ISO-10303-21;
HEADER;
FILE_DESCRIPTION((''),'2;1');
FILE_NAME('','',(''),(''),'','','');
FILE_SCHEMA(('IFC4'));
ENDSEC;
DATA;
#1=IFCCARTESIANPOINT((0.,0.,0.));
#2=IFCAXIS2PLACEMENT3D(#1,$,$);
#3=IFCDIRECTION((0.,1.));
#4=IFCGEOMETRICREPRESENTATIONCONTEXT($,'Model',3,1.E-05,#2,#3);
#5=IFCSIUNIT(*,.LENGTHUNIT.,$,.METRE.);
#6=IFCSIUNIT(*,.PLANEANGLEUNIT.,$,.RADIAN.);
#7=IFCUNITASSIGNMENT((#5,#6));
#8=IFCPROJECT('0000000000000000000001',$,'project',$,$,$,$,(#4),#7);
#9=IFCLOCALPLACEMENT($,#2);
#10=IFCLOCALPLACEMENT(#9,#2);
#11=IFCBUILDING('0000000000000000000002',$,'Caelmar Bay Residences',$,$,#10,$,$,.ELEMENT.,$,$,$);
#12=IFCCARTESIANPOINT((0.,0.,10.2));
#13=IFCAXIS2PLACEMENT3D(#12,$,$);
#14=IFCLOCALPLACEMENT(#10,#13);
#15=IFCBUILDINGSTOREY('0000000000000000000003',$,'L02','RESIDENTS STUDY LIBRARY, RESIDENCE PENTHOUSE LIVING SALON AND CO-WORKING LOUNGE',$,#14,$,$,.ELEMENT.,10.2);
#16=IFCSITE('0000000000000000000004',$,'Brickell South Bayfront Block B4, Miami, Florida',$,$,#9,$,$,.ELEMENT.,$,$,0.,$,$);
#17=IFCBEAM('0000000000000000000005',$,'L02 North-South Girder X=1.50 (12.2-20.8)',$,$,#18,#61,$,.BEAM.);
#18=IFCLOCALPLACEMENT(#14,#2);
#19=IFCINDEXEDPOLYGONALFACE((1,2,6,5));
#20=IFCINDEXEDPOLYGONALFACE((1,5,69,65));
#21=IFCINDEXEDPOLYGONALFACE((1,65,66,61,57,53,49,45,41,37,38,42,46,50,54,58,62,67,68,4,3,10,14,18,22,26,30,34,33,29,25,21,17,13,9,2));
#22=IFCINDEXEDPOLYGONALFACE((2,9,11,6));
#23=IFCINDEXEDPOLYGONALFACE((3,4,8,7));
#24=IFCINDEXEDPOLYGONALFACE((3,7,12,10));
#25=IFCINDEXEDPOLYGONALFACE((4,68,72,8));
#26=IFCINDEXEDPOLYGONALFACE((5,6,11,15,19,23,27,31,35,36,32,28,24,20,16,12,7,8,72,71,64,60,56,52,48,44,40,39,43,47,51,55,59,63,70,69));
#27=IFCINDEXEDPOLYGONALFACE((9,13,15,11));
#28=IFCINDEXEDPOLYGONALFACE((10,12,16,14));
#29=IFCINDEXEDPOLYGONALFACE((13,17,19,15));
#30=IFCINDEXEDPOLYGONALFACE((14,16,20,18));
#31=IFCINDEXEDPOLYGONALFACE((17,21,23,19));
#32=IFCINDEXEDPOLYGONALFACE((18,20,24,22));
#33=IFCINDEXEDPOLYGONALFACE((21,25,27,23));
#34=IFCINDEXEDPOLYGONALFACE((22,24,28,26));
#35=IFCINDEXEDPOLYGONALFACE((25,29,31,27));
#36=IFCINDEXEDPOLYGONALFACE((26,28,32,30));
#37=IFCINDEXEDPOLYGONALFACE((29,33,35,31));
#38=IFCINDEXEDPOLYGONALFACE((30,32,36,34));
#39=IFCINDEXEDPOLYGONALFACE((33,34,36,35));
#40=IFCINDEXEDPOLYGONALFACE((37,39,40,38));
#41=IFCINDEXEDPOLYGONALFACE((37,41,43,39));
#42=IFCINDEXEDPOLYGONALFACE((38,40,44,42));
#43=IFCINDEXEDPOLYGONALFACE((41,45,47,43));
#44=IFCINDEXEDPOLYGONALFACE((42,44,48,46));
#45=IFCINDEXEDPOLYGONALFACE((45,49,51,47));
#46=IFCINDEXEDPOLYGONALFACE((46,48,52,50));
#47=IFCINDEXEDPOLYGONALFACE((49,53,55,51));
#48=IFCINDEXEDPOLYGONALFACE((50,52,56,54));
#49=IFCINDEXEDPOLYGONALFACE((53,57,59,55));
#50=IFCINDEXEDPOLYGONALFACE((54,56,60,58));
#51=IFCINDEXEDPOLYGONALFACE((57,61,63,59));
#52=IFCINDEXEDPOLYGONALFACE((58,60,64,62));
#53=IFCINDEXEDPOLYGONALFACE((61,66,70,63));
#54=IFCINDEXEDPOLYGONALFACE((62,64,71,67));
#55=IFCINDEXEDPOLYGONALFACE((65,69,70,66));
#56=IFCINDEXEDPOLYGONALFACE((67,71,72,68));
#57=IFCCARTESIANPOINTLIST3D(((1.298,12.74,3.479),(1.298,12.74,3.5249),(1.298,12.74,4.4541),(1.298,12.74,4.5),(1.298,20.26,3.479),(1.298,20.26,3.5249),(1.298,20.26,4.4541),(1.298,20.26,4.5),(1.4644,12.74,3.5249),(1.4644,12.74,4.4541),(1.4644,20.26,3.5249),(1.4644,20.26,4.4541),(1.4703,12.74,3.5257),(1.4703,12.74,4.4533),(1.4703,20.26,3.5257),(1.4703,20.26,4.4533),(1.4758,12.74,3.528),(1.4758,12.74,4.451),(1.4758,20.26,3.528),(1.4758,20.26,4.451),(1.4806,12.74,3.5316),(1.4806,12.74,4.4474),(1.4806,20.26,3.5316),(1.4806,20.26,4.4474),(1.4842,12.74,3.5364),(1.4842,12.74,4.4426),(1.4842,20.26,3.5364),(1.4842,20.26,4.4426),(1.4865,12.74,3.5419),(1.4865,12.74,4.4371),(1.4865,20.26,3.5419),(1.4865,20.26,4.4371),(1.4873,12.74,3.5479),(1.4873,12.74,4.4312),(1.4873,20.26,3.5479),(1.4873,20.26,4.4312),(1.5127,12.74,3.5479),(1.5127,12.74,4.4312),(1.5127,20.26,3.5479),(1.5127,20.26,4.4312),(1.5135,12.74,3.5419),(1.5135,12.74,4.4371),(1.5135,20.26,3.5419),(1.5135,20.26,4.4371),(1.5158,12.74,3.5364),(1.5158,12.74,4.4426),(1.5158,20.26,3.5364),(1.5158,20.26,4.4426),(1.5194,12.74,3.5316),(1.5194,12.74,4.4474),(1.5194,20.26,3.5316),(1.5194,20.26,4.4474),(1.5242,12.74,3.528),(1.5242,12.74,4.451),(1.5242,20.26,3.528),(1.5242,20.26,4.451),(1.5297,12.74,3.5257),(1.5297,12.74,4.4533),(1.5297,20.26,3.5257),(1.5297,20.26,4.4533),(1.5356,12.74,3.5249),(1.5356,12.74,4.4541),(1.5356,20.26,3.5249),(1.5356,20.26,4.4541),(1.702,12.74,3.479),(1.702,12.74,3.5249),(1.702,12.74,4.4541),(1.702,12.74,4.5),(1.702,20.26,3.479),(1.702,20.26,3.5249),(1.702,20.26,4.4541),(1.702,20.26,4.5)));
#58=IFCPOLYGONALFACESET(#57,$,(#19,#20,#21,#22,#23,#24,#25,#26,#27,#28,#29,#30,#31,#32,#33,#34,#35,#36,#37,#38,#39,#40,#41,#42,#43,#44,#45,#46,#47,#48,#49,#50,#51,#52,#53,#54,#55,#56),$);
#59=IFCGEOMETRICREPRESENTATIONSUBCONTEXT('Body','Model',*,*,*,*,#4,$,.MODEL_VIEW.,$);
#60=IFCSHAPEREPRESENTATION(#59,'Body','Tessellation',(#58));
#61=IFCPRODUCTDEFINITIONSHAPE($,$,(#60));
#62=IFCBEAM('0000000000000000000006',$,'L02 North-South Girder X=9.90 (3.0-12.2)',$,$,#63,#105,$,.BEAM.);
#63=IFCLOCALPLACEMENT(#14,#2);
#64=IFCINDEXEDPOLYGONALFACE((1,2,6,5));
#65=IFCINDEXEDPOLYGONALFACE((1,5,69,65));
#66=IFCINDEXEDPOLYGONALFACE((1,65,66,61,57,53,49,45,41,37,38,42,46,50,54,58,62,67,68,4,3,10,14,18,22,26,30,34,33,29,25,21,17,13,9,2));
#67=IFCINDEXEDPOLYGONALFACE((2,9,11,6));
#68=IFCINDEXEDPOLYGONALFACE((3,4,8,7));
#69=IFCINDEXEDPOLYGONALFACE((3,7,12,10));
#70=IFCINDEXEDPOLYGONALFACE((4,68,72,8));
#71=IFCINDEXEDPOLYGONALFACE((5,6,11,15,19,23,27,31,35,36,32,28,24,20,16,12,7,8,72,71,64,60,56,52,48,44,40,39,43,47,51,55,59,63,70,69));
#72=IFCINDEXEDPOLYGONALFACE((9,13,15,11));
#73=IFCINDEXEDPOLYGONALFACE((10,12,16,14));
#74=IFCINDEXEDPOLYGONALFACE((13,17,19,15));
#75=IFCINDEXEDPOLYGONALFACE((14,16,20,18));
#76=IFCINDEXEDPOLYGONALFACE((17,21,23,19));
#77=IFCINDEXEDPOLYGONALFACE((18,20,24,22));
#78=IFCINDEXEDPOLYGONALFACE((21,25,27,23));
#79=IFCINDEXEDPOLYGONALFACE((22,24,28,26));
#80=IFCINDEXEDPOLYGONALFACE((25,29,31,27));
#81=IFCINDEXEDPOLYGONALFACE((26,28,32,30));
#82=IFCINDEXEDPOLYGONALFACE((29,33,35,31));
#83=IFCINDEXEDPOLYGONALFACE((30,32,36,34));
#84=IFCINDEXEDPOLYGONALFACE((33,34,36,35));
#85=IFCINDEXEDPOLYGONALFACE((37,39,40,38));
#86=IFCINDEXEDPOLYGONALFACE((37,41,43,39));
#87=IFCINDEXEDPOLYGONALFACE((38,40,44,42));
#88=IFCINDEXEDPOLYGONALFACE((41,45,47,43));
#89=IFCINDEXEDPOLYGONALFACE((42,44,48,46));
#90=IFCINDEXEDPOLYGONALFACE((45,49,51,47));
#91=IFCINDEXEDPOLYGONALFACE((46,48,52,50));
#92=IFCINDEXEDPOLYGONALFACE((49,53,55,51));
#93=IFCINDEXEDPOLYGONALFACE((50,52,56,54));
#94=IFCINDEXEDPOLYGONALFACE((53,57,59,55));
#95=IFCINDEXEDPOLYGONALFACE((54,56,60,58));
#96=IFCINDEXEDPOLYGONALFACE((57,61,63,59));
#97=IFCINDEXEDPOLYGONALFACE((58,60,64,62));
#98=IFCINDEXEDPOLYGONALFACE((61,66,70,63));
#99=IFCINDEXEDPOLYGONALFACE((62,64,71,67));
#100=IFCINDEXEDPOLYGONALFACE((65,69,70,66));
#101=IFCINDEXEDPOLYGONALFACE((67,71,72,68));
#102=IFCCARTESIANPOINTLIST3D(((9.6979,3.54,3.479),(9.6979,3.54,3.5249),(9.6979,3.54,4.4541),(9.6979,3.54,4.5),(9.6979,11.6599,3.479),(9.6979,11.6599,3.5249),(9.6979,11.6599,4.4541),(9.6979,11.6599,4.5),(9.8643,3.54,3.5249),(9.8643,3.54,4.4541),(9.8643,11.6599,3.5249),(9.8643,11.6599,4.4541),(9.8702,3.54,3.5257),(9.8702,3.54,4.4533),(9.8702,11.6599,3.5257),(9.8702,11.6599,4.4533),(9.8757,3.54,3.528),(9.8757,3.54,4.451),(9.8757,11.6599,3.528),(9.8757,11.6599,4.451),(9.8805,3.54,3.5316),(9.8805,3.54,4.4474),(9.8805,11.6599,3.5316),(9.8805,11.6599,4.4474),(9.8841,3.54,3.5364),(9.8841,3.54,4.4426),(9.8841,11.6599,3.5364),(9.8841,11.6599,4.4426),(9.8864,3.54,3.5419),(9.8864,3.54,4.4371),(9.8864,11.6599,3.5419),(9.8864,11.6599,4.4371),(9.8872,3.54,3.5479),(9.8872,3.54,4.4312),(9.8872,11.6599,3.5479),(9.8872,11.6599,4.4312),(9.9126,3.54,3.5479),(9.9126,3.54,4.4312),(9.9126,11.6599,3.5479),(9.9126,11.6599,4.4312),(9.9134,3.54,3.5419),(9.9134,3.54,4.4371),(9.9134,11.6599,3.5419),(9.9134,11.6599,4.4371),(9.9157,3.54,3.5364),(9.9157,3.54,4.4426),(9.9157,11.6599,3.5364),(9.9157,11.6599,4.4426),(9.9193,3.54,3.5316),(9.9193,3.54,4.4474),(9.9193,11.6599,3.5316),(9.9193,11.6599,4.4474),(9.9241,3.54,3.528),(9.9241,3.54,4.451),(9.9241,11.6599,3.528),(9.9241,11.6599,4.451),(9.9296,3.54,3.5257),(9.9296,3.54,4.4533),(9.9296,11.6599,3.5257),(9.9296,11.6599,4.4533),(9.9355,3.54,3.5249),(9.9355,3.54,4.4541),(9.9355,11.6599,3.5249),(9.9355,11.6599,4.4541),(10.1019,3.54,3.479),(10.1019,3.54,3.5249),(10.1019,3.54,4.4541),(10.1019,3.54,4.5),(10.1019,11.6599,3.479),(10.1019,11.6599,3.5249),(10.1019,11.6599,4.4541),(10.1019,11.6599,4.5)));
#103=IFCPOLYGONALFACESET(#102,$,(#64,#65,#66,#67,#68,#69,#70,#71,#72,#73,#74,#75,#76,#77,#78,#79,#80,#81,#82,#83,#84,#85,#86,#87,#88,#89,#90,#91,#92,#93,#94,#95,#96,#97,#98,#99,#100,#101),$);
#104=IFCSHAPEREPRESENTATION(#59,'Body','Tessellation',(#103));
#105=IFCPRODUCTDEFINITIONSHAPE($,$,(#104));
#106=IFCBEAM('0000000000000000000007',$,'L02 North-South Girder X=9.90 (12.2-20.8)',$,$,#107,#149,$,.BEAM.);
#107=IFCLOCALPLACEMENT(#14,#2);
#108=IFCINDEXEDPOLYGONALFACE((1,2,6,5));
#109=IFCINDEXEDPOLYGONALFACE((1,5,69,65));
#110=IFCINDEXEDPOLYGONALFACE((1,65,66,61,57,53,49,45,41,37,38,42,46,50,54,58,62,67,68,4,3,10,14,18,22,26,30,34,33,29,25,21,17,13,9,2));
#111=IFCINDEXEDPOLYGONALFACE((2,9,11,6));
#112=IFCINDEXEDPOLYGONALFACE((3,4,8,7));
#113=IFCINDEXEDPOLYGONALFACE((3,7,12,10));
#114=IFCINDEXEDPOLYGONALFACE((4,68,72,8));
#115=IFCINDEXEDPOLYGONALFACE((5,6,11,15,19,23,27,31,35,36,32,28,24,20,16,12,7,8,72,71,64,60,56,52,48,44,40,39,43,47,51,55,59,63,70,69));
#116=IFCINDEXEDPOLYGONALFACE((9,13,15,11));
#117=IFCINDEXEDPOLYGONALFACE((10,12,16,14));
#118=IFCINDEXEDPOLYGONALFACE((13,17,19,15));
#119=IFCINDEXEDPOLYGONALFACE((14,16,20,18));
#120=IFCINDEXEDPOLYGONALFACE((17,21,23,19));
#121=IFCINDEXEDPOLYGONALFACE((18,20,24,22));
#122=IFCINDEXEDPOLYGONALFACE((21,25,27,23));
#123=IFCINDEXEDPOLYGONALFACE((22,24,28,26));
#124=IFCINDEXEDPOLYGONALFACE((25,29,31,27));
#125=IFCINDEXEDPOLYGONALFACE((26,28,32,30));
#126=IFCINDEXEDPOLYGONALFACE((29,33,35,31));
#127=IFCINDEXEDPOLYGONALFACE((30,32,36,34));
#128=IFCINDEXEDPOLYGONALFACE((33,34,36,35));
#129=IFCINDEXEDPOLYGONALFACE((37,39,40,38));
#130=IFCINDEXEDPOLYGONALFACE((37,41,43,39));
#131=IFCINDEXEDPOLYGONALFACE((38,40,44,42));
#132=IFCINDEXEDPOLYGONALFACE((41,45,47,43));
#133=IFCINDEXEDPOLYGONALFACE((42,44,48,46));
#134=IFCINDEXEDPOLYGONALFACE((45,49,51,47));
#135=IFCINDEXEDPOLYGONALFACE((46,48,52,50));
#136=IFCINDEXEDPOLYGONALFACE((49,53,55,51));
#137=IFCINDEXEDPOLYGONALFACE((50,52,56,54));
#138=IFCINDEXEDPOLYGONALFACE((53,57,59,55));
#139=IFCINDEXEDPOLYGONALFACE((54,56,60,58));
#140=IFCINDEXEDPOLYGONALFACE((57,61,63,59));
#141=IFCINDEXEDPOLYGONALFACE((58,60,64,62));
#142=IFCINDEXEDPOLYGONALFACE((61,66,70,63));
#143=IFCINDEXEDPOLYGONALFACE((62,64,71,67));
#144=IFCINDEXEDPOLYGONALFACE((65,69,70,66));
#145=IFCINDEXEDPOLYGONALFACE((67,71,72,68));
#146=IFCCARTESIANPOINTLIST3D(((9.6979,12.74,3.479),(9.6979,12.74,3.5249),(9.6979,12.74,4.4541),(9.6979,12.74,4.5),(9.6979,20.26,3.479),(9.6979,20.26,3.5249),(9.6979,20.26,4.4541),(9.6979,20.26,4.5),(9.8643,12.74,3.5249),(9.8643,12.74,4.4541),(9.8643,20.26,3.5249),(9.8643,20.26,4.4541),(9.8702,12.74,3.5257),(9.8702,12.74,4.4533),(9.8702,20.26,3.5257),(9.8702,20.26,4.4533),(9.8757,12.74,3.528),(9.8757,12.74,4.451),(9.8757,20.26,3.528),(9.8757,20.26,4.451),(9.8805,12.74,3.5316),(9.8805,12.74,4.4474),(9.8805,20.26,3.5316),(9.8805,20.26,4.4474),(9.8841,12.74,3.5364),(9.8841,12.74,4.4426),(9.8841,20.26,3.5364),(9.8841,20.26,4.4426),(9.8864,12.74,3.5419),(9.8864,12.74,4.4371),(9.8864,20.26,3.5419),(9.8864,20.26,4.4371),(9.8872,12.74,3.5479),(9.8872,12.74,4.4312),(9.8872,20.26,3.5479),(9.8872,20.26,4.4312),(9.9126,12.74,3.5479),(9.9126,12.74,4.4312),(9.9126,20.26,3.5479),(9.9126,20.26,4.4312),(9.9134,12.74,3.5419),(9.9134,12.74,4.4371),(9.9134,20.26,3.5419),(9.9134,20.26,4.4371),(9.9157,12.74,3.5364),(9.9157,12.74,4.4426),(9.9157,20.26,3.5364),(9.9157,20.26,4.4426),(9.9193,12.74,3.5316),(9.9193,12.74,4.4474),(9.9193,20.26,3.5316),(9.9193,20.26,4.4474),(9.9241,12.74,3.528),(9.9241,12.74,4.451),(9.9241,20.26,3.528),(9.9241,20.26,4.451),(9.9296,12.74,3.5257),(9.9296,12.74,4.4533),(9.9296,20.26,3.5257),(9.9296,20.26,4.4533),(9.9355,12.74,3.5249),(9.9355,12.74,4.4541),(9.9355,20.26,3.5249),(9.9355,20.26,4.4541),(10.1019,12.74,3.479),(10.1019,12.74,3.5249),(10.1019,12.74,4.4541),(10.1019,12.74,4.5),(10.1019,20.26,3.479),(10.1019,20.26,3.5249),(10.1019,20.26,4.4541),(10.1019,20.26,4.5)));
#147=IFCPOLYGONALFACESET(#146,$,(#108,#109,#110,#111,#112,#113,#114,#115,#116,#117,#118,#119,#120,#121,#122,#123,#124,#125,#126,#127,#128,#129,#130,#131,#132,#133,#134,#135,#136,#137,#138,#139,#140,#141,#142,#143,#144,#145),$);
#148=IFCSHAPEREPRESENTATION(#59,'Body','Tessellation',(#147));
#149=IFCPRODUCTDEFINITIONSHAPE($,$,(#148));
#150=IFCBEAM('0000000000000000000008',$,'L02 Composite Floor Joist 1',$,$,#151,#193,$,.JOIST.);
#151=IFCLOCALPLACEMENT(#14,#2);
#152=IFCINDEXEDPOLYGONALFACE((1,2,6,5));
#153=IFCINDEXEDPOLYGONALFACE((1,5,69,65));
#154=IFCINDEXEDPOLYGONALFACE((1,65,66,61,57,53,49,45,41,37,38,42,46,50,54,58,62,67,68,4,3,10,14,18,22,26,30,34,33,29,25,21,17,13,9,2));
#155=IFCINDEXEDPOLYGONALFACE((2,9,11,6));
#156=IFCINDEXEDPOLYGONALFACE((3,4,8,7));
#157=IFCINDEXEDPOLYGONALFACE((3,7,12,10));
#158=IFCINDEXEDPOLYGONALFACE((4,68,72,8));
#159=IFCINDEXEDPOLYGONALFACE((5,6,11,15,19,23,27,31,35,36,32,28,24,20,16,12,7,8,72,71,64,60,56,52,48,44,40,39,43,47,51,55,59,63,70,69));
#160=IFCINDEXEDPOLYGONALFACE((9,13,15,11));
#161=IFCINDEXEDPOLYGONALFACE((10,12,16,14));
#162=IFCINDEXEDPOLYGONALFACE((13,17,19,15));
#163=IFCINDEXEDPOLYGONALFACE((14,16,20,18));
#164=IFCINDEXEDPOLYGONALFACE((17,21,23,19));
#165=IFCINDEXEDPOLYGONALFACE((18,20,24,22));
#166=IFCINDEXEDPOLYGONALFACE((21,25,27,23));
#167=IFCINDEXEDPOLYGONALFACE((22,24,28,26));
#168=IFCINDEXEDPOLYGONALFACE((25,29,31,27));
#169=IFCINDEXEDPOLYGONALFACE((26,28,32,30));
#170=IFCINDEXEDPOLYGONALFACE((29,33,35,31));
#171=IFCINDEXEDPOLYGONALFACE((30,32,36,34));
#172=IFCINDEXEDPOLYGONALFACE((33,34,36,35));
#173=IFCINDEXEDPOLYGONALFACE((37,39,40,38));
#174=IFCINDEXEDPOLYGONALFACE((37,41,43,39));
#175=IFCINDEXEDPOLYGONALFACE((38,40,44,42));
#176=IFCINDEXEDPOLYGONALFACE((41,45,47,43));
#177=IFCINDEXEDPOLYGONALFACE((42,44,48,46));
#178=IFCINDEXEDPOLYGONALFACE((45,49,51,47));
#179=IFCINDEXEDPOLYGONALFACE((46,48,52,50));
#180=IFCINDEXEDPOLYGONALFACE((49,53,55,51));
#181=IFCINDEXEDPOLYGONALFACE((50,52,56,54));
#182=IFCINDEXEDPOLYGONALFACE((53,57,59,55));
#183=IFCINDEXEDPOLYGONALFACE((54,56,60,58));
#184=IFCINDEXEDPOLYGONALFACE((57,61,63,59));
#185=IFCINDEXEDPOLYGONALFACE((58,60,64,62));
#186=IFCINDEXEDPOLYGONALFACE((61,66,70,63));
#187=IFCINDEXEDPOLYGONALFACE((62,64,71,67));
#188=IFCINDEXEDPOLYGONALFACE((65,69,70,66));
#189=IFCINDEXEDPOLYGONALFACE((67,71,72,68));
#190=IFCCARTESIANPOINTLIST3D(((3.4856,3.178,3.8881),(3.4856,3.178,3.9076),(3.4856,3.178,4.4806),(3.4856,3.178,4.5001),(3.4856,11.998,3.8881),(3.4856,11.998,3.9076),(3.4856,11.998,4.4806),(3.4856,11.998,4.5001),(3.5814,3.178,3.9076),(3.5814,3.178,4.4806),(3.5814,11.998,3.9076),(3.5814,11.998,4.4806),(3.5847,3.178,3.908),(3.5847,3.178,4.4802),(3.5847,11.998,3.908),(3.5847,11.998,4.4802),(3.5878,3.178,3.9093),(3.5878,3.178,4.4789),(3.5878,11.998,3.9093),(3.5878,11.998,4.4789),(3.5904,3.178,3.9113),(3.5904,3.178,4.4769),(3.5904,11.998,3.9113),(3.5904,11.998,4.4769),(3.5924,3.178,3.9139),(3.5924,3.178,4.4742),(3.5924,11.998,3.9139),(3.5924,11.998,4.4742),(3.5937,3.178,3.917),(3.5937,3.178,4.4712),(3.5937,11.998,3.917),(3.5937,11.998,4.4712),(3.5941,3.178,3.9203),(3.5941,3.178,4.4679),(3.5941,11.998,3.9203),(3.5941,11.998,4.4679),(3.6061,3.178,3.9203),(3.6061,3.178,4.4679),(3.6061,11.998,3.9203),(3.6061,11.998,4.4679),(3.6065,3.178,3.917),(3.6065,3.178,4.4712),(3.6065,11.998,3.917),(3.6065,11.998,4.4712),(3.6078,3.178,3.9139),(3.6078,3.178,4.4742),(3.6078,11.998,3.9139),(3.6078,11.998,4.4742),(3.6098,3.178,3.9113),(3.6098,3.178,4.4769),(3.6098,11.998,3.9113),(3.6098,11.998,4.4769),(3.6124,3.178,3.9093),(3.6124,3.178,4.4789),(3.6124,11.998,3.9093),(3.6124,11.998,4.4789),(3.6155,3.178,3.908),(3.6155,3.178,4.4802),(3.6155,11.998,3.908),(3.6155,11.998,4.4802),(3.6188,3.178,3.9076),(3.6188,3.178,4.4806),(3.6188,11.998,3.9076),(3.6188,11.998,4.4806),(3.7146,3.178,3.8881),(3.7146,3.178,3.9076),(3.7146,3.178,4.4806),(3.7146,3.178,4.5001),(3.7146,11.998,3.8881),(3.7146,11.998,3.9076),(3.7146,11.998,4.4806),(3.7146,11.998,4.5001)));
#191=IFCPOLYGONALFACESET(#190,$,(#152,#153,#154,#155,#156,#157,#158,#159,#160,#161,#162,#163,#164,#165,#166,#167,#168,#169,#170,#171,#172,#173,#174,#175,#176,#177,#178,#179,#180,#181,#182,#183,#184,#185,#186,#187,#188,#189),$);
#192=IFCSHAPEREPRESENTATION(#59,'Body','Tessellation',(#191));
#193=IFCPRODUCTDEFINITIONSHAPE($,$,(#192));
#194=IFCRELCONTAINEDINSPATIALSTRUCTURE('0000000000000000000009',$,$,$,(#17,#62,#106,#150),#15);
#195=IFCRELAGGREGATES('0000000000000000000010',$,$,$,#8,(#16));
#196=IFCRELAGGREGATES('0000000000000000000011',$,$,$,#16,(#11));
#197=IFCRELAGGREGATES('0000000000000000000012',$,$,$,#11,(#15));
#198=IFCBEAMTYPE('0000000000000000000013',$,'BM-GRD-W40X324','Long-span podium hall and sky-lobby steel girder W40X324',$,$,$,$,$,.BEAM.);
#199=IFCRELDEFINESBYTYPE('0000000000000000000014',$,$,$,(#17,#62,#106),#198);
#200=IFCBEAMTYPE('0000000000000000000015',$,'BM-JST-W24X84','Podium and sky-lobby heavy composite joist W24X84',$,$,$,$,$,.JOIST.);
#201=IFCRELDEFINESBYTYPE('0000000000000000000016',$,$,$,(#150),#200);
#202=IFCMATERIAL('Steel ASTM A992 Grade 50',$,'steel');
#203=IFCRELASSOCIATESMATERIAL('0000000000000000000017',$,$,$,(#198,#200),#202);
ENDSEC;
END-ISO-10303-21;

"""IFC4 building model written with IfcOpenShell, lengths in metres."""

from ifc_helpers import new_model, si_unit, direction, frame, origin, origin_2d, place, context, subcontext, project, spatial, i_section, extrude, material, material_profile, profile_set, type_object, element, save


model = new_model("IFC4")

# Units and contexts
model_context = context("Model", 3, precision=1e-05, world=origin(), true_north=direction((0.0, 1.0)))
body_context = subcontext(model_context, "Body", "Model", "MODEL_VIEW")
ifc_project = project(units=[si_unit("LENGTHUNIT", "METRE"), si_unit("PLANEANGLEUNIT", "RADIAN")], contexts=[model_context])

# Site, building, storey
site_placement = place(None, origin())
site = spatial("IfcSite", under=ifc_project, at=site_placement, Name="Brickell South Bayfront Block B4, Miami, Florida", CompositionType="ELEMENT", RefElevation=0.0)
building_placement = place(site_placement, origin())
building = spatial("IfcBuilding", under=site, at=building_placement, Name="Caelmar Bay Residences", CompositionType="ELEMENT")
storey_placement = place(building_placement, frame((0.0, 0.0, 10.2)))
storey = spatial("IfcBuildingStorey", under=building, at=storey_placement, Name="L02", Description="RESIDENTS STUDY LIBRARY, RESIDENCE PENTHOUSE LIVING SALON AND CO-WORKING LOUNGE", CompositionType="ELEMENT", Elevation=10.2)

# Beams
ifc_material_1 = material(Name="Steel ASTM A992 Grade 50", Category="steel")
ifc_material_profile_1 = material_profile(ifc_material_1, i_section(OverallWidth=0.4041, OverallDepth=1.021, WebThickness=0.0254, FlangeThickness=0.0459, FilletRadius=0.0229, at=origin_2d()), Name="W40X324")
ifc_profile_set_1 = profile_set([ifc_material_profile_1], Name="Steel ASTM A992 Grade 50")
beam_type_1 = type_object("IfcBeamType", Name="BM-GRD-W40X324", Description="Long-span podium hall and sky-lobby steel girder W40X324", PredefinedType="BEAM", material=ifc_profile_set_1)
beam_1_placement = place(storey_placement, frame((1.5, 12.74, 3.9895), z_axis=(0.0, 1.0, 0.0), x_axis=(-1.0, 0.0, 0.0)))
element("IfcBeam", 1, at=beam_1_placement, inside=storey, type_object=beam_type_1, Name="L02 North-South Girder X=1.50 (12.2-20.8)", PredefinedType="BEAM", context=body_context, shape_type="SweptSolid", body=[
    extrude(i_section(OverallWidth=0.4041, OverallDepth=1.021, WebThickness=0.0254, FlangeThickness=0.0459, FilletRadius=0.0229, at=origin_2d()), origin(), (0.0, 0.0, 1.0), 7.52),
])
beam_2_placement = place(storey_placement, frame((9.8999, 3.54, 3.9895), z_axis=(0.0, 1.0, 0.0), x_axis=(-1.0, 0.0, 0.0)))
element("IfcBeam", 2, at=beam_2_placement, inside=storey, type_object=beam_type_1, Name="L02 North-South Girder X=9.90 (3.0-12.2)", PredefinedType="BEAM", context=body_context, shape_type="SweptSolid", body=[
    extrude(i_section(OverallWidth=0.4041, OverallDepth=1.021, WebThickness=0.0254, FlangeThickness=0.0459, FilletRadius=0.0229, at=origin_2d()), origin(), (0.0, 0.0, 1.0), 8.1199),
])
beam_3_placement = place(storey_placement, frame((9.8999, 12.74, 3.9895), z_axis=(0.0, 1.0, 0.0), x_axis=(-1.0, 0.0, 0.0)))
element("IfcBeam", 3, at=beam_3_placement, inside=storey, type_object=beam_type_1, Name="L02 North-South Girder X=9.90 (12.2-20.8)", PredefinedType="BEAM", context=body_context, shape_type="SweptSolid", body=[
    extrude(i_section(OverallWidth=0.4041, OverallDepth=1.021, WebThickness=0.0254, FlangeThickness=0.0459, FilletRadius=0.0229, at=origin_2d()), origin(), (0.0, 0.0, 1.0), 7.52),
])
ifc_material_profile_2 = material_profile(ifc_material_1, i_section(OverallWidth=0.229, OverallDepth=0.6121, WebThickness=0.012, FlangeThickness=0.0195, FilletRadius=0.0127, at=origin_2d()), Name="W24X84")
ifc_profile_set_2 = profile_set([ifc_material_profile_2], Name="Steel ASTM A992 Grade 50")
beam_type_2 = type_object("IfcBeamType", Name="BM-JST-W24X84", Description="Podium and sky-lobby heavy composite joist W24X84", PredefinedType="JOIST", material=ifc_profile_set_2)
for number, where, z_axis, x_axis, name in (
    (4, (3.6001, 3.178, 4.1941), (0.0, 1.0, 0.0), (-1.0, 0.0, 0.0), "L02 Composite Floor Joist 1"),
):
    element("IfcBeam", number, at=place(storey_placement, frame(where, z_axis=z_axis, x_axis=x_axis)), inside=storey, type_object=beam_type_2, Name=name, PredefinedType="JOIST", context=body_context, shape_type="SweptSolid", body=[
        extrude(i_section(OverallWidth=0.229, OverallDepth=0.6121, WebThickness=0.012, FlangeThickness=0.0195, FilletRadius=0.0127, at=origin_2d()), origin(), (0.0, 0.0, 1.0), 8.8201),
    ])

save(model, "model.ifc")
